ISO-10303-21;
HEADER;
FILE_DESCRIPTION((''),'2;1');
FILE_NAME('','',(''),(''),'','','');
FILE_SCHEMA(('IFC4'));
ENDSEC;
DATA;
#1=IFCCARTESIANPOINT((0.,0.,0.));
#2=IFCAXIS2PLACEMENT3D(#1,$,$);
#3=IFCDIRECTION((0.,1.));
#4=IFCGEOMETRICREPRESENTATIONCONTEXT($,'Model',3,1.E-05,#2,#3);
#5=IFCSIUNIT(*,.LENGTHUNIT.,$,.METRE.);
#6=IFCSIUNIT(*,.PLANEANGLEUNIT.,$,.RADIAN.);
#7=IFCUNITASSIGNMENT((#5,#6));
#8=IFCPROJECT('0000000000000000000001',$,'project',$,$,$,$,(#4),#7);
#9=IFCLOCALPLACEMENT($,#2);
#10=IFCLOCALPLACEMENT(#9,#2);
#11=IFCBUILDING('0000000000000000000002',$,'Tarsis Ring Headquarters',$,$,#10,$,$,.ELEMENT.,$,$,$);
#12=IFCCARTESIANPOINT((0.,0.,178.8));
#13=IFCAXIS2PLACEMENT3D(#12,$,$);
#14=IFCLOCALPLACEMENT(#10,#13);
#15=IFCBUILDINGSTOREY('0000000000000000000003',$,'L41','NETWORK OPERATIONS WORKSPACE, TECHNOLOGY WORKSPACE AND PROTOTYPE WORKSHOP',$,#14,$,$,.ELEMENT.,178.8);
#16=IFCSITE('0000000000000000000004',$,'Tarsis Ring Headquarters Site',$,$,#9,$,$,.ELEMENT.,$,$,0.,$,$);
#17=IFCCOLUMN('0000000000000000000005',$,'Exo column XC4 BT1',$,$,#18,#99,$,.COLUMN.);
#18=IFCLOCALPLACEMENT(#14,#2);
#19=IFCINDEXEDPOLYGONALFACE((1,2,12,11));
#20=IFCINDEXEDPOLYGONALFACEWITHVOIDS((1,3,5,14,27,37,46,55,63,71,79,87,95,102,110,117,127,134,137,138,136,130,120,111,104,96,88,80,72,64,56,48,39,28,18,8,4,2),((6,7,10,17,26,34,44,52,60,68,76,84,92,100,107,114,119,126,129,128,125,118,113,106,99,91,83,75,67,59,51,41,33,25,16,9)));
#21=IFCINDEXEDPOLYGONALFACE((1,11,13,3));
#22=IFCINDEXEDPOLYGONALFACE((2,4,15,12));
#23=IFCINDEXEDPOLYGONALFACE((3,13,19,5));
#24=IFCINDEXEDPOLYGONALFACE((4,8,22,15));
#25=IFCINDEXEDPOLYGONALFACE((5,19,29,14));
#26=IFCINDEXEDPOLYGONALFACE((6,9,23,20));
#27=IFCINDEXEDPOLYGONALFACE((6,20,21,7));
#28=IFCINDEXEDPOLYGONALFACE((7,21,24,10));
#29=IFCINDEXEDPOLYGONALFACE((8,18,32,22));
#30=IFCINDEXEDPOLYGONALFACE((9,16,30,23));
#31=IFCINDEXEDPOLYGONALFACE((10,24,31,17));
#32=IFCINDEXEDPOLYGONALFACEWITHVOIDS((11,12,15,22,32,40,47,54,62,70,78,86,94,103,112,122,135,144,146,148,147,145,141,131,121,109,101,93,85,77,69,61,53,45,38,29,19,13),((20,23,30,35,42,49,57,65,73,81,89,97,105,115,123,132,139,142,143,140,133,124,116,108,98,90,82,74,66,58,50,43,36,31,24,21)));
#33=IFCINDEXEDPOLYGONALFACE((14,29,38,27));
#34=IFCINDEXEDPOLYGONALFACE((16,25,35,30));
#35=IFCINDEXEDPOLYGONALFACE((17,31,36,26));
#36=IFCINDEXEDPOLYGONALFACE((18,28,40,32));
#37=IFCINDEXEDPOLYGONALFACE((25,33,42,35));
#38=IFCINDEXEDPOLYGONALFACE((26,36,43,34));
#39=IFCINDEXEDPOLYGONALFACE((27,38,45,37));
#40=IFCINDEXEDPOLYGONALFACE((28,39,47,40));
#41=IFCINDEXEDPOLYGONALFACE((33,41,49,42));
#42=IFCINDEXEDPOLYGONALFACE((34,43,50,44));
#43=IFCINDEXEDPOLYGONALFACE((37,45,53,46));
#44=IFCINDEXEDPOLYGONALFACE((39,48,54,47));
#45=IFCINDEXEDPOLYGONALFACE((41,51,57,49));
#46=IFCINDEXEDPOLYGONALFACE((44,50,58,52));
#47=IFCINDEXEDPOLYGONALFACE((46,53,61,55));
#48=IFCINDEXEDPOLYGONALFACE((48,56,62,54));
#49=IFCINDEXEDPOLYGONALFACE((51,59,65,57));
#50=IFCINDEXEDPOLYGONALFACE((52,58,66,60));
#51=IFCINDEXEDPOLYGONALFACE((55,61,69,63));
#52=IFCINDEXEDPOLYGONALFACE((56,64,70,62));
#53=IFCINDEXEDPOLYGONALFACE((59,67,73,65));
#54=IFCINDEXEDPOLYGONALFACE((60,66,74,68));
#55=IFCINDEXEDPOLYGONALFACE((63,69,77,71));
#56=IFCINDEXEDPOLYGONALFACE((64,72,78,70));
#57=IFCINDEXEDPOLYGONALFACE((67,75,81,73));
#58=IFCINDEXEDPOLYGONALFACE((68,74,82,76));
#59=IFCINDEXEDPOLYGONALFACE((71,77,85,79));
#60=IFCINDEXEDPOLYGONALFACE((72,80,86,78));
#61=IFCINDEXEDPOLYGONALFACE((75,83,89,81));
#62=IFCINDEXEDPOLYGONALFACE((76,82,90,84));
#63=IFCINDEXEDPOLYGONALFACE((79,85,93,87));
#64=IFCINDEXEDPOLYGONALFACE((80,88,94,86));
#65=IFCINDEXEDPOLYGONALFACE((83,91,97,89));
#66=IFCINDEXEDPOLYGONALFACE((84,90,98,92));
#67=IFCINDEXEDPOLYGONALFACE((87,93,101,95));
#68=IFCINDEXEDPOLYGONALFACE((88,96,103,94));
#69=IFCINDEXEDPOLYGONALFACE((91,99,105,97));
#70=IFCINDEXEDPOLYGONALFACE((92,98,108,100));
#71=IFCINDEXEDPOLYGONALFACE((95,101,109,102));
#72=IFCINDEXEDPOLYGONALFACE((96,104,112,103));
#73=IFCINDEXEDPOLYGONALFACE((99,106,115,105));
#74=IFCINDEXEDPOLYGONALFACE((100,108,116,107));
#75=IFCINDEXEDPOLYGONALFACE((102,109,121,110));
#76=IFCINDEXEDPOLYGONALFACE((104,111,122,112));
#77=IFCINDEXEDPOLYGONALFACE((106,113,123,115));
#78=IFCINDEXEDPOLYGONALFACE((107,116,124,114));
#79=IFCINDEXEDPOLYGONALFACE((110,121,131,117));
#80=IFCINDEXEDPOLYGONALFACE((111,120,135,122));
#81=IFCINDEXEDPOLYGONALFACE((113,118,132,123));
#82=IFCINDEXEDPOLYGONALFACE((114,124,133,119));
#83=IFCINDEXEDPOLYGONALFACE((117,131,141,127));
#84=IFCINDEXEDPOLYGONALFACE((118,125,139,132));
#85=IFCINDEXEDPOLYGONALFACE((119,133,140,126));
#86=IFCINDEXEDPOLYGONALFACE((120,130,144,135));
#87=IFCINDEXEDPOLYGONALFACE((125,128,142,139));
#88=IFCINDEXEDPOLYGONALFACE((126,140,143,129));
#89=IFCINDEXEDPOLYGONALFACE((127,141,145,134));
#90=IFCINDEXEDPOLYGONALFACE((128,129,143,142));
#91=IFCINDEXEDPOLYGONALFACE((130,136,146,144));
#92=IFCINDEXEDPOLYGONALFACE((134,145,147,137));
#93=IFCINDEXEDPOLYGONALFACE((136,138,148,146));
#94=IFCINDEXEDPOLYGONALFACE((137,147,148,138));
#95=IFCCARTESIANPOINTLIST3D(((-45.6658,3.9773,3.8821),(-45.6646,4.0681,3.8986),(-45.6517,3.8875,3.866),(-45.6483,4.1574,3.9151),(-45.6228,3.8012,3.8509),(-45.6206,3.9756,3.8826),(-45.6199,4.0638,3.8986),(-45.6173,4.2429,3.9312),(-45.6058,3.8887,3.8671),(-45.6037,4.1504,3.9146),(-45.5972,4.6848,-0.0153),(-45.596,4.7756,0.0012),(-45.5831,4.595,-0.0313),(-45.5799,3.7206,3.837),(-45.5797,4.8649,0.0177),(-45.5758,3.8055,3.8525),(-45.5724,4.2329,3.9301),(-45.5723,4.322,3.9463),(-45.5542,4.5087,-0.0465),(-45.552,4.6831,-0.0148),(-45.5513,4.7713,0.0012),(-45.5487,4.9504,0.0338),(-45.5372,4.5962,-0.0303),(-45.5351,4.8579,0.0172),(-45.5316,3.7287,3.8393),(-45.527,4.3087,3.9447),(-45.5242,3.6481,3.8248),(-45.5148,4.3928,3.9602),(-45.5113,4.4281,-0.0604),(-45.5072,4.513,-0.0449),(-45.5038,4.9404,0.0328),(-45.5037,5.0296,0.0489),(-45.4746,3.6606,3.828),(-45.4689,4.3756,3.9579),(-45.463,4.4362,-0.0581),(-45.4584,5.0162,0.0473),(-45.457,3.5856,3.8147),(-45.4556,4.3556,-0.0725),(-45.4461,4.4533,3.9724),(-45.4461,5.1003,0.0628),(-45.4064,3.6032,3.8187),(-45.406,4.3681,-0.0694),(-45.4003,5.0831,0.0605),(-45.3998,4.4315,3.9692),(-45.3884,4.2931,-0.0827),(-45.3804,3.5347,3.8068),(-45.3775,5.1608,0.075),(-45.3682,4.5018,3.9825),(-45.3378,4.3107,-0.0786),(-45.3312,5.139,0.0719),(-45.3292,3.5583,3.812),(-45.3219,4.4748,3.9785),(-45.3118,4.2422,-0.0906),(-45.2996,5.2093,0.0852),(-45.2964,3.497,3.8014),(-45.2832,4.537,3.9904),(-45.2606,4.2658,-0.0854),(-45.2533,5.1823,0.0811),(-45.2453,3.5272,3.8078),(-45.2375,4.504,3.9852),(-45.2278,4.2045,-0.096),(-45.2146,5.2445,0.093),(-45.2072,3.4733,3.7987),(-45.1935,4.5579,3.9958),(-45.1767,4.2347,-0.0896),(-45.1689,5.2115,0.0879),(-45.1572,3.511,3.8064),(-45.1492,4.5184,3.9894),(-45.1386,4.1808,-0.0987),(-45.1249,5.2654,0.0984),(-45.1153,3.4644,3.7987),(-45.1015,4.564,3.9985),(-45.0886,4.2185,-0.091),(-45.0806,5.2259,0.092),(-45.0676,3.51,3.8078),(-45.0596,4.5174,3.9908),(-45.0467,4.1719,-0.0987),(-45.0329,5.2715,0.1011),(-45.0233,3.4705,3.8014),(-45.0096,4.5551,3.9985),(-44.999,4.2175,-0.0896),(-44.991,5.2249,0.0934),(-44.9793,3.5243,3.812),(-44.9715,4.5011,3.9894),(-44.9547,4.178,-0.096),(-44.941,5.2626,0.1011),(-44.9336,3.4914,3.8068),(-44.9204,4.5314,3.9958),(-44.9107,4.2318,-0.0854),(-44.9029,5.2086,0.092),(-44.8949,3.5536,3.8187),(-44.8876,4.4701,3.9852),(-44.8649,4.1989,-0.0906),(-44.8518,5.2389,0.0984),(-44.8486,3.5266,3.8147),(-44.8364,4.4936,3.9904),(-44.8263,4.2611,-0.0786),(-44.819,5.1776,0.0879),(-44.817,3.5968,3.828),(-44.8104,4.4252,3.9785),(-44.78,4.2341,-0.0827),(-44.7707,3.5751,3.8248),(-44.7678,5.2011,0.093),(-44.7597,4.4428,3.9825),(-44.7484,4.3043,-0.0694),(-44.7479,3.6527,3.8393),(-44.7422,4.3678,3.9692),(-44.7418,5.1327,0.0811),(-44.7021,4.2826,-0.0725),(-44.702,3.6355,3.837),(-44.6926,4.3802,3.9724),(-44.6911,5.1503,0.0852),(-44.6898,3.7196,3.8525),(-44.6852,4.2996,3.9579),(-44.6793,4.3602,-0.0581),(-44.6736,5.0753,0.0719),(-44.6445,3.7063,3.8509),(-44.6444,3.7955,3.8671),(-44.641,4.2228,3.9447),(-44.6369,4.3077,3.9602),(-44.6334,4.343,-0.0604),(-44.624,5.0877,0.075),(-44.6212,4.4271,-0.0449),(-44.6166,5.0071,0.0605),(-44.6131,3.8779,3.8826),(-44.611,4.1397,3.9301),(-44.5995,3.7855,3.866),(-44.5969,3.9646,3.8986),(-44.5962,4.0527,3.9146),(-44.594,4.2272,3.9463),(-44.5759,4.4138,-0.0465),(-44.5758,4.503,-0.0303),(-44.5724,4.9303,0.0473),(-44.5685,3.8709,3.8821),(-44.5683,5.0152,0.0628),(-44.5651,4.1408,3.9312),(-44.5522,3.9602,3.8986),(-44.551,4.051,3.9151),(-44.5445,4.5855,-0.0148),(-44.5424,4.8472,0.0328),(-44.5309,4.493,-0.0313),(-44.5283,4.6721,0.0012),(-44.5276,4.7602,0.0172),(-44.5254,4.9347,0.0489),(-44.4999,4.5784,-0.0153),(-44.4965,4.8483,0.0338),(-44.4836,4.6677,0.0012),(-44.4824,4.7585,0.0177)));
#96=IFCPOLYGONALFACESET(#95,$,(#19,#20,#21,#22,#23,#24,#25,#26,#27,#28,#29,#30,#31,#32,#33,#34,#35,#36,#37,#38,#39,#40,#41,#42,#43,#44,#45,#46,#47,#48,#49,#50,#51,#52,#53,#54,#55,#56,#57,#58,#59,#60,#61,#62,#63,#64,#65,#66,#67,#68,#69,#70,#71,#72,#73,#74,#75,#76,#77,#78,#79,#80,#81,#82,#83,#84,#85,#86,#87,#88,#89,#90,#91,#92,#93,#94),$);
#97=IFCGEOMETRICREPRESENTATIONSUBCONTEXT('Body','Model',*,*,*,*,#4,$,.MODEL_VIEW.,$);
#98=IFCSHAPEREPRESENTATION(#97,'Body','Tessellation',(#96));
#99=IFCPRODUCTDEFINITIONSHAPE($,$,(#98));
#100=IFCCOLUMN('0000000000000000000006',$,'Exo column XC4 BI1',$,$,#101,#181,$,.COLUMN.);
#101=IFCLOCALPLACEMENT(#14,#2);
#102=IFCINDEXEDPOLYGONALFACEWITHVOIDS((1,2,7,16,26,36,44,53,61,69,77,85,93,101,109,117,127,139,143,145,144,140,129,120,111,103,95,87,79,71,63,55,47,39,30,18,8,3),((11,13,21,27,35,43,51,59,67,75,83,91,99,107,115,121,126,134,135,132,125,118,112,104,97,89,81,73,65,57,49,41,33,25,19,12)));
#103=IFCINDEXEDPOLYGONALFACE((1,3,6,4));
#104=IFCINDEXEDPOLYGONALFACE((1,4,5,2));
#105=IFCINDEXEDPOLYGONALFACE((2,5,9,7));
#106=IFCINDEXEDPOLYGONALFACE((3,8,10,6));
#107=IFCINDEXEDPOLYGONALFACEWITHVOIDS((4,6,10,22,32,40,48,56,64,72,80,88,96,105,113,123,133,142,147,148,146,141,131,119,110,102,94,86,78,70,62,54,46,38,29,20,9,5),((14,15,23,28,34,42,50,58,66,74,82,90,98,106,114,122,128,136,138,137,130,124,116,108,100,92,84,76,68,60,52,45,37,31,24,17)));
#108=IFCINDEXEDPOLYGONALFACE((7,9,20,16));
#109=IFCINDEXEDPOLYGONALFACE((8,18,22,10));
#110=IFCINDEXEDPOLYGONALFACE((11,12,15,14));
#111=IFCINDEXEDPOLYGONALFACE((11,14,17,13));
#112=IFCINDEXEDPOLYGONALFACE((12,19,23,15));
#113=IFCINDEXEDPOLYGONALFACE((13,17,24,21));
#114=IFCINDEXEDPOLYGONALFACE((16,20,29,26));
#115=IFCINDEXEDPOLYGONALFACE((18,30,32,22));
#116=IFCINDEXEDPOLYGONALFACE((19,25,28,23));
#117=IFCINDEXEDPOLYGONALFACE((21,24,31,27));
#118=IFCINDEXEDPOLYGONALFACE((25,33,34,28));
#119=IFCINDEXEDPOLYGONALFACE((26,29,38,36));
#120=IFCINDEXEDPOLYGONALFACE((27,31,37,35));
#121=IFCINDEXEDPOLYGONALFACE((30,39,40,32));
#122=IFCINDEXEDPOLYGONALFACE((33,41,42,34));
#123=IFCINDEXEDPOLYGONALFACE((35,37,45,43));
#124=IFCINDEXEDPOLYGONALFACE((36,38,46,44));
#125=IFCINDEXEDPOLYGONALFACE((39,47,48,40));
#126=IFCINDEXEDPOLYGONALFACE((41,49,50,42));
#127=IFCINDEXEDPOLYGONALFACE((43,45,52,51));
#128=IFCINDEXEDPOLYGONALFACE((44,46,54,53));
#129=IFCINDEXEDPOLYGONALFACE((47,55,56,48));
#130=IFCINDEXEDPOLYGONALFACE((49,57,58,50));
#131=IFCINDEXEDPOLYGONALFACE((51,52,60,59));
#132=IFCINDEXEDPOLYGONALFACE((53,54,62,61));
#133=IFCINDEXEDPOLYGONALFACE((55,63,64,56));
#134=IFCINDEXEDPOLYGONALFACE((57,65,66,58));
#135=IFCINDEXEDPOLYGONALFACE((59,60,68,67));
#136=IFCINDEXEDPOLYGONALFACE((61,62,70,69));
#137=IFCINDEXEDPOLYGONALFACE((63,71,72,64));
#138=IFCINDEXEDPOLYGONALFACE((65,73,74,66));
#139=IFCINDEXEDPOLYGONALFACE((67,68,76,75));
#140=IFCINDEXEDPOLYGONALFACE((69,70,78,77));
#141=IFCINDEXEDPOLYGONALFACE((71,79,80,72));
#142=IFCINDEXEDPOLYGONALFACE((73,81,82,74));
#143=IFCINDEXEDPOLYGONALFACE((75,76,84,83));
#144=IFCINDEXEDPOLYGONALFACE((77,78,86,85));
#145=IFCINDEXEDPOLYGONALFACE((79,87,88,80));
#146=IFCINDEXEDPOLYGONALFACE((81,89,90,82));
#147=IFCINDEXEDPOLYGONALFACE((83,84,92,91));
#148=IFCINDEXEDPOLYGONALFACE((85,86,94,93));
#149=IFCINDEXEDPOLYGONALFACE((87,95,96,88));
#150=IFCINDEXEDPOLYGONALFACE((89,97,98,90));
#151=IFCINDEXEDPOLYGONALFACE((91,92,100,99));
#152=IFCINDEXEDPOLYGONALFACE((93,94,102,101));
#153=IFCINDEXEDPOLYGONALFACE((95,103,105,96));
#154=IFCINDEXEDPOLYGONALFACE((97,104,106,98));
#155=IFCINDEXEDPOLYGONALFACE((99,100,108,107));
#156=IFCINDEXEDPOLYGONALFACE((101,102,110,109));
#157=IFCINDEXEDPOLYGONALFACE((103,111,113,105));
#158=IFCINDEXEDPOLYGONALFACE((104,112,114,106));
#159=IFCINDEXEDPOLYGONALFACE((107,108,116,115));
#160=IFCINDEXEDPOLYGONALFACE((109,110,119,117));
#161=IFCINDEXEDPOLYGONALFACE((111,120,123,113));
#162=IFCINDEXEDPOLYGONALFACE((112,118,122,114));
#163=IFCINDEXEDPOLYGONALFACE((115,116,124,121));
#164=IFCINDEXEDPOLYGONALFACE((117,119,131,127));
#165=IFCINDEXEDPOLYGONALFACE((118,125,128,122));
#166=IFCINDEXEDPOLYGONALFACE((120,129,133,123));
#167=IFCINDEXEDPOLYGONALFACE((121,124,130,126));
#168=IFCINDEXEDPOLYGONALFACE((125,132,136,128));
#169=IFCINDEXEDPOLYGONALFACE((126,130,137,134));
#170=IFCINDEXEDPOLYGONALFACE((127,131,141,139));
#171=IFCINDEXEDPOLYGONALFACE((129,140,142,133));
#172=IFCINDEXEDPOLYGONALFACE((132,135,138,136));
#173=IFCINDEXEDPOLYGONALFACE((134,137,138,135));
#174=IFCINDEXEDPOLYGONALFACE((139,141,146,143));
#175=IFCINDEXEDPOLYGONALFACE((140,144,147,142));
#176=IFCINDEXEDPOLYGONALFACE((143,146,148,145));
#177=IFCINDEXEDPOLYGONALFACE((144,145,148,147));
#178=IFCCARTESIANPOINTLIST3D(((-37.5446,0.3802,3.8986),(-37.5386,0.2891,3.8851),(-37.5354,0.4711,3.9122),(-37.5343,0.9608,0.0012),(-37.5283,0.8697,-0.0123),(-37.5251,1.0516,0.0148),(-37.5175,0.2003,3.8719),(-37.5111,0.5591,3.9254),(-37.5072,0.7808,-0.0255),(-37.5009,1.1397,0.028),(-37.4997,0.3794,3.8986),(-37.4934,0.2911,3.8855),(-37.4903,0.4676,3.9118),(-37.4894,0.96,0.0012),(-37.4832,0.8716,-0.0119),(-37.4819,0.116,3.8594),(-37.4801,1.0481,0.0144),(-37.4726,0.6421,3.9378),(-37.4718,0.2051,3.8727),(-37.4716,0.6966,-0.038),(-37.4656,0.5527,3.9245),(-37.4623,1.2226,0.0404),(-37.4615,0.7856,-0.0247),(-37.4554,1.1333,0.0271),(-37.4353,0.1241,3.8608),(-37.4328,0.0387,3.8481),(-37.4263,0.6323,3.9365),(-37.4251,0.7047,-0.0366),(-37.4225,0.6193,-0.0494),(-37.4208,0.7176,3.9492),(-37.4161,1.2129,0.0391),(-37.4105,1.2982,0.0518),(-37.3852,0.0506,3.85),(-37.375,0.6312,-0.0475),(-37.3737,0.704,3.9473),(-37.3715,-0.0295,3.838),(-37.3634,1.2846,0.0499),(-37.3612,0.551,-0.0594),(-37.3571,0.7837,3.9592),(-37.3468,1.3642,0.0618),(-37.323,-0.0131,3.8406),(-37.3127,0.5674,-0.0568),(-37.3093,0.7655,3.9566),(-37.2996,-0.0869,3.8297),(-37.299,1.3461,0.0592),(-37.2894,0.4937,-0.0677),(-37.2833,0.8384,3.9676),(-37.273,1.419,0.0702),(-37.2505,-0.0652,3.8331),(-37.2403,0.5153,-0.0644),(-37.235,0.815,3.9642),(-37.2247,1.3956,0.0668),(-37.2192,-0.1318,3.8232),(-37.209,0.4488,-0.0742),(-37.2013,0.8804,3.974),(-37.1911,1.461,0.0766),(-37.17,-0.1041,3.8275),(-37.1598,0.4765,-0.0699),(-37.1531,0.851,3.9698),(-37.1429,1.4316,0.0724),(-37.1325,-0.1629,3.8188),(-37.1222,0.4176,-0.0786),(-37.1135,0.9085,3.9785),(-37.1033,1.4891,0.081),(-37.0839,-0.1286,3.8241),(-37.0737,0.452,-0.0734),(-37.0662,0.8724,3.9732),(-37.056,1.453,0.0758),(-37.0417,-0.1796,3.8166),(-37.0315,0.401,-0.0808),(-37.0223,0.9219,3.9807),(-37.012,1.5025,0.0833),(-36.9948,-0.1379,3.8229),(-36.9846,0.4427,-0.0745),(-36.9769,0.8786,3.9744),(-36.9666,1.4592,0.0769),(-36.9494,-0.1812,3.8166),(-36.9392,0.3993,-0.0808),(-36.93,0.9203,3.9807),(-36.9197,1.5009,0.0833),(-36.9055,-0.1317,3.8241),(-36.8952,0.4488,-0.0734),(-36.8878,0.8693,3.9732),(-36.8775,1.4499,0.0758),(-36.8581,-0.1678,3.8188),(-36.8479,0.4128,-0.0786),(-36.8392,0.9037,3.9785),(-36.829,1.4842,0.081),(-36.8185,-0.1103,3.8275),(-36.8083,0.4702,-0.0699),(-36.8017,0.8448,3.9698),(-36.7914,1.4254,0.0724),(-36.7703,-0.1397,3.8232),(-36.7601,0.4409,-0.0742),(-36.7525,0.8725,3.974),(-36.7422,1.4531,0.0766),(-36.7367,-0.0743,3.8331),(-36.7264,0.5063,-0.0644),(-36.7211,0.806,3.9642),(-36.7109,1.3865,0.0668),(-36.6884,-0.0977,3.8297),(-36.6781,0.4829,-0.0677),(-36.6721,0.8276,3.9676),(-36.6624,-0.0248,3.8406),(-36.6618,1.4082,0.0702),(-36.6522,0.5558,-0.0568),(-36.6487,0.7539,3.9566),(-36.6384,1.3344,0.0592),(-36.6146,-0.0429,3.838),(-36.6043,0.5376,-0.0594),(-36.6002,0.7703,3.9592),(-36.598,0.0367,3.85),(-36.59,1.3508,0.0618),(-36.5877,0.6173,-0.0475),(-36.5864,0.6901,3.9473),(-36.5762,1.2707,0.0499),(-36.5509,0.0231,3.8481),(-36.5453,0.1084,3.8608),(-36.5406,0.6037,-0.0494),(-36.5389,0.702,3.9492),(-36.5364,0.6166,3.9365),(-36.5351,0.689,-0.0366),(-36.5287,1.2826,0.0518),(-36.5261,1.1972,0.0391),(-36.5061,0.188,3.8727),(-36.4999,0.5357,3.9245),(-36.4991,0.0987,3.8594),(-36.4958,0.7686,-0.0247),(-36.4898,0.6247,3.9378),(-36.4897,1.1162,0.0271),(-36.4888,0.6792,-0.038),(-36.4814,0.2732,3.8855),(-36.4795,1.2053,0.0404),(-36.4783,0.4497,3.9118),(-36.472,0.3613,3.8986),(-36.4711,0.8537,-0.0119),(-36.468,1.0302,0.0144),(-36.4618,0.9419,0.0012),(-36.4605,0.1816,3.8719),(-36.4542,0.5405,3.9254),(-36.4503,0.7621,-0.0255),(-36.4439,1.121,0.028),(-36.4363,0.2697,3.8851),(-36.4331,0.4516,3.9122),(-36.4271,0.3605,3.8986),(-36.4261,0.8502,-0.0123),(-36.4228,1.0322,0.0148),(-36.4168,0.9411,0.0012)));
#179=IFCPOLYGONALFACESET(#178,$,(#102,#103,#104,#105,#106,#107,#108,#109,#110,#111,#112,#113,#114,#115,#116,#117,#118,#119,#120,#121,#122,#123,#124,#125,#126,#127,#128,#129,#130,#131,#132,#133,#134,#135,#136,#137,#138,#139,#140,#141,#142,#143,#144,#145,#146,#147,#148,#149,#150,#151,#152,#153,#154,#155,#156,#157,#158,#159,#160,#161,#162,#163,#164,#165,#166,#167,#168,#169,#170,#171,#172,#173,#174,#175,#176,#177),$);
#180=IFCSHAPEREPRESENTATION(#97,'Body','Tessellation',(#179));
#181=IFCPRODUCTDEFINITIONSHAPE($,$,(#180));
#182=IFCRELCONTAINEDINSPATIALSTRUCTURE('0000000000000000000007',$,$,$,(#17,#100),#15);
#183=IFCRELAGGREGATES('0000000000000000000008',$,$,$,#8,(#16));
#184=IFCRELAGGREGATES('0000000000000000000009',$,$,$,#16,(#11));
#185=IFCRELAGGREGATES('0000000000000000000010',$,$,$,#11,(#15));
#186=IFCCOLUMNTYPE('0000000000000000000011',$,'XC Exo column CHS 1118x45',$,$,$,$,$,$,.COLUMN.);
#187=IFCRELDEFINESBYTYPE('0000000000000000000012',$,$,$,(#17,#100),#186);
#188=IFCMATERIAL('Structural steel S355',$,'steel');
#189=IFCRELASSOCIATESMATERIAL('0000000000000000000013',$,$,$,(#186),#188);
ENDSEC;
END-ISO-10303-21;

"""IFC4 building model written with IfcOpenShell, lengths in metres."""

from ifc_helpers import new_model, si_unit, direction, frame, origin, origin_2d, place, context, subcontext, project, spatial, hollow_circle, extrude, material, material_profile, profile_set, type_object, element, save


model = new_model("IFC4")

# Units and contexts
model_context = context("Model", 3, precision=1e-05, world=origin(), true_north=direction((0.0, 1.0)))
body_context = subcontext(model_context, "Body", "Model", "MODEL_VIEW")
ifc_project = project(units=[si_unit("LENGTHUNIT", "METRE"), si_unit("PLANEANGLEUNIT", "RADIAN")], contexts=[model_context])

# Site, building, storey
site_placement = place(None, origin())
site = spatial("IfcSite", under=ifc_project, at=site_placement, Name="Tarsis Ring Headquarters Site", CompositionType="ELEMENT", RefElevation=0.0)
building_placement = place(site_placement, origin())
building = spatial("IfcBuilding", under=site, at=building_placement, Name="Tarsis Ring Headquarters", CompositionType="ELEMENT")
storey_placement = place(building_placement, frame((0.0, 0.0, 178.8)))
storey = spatial("IfcBuildingStorey", under=building, at=storey_placement, Name="L41", Description="NETWORK OPERATIONS WORKSPACE, TECHNOLOGY WORKSPACE AND PROTOTYPE WORKSHOP", CompositionType="ELEMENT", Elevation=178.8)

# Columns
ifc_material_1 = material(Name="Structural steel S355", Category="steel")
ifc_material_profile_1 = material_profile(ifc_material_1, hollow_circle(Radius=0.5588, WallThickness=0.0449, at=origin_2d()), Name="CHS 1118x45")
ifc_profile_set_1 = profile_set([ifc_material_profile_1], Name="Structural steel S355")
column_type = type_object("IfcColumnType", Name="XC Exo column CHS 1118x45", PredefinedType="COLUMN", material=ifc_profile_set_1)
column_1_placement = place(storey_placement, frame((-45.0398, 4.7217, 0.0012), z_axis=(-0.017316, -0.178587, 0.983772), x_axis=(0.995332, -0.096511, 0.0)))
element("IfcColumn", 1, at=column_1_placement, inside=storey, type_object=column_type, Name="Exo column XC4 BT1", PredefinedType="COLUMN", context=body_context, shape_type="SweptSolid", body=[
    extrude(hollow_circle(Radius=0.5588, WallThickness=0.0449, at=origin_2d()), origin(), (0.0, 0.0, 1.0), 3.9617),
])
column_2_placement = place(storey_placement, frame((-36.9756, 0.9509, 0.0012), z_axis=(-0.002602, -0.147334, 0.989083), x_axis=(0.999844, -0.017659, 0.0)))
element("IfcColumn", 2, at=column_2_placement, inside=storey, type_object=column_type, Name="Exo column XC4 BI1", PredefinedType="COLUMN", context=body_context, shape_type="SweptSolid", body=[
    extrude(hollow_circle(Radius=0.5588, WallThickness=0.0449, at=origin_2d()), origin(), (0.0, 0.0, 1.0), 3.9404),
])

save(model, "model.ifc")
